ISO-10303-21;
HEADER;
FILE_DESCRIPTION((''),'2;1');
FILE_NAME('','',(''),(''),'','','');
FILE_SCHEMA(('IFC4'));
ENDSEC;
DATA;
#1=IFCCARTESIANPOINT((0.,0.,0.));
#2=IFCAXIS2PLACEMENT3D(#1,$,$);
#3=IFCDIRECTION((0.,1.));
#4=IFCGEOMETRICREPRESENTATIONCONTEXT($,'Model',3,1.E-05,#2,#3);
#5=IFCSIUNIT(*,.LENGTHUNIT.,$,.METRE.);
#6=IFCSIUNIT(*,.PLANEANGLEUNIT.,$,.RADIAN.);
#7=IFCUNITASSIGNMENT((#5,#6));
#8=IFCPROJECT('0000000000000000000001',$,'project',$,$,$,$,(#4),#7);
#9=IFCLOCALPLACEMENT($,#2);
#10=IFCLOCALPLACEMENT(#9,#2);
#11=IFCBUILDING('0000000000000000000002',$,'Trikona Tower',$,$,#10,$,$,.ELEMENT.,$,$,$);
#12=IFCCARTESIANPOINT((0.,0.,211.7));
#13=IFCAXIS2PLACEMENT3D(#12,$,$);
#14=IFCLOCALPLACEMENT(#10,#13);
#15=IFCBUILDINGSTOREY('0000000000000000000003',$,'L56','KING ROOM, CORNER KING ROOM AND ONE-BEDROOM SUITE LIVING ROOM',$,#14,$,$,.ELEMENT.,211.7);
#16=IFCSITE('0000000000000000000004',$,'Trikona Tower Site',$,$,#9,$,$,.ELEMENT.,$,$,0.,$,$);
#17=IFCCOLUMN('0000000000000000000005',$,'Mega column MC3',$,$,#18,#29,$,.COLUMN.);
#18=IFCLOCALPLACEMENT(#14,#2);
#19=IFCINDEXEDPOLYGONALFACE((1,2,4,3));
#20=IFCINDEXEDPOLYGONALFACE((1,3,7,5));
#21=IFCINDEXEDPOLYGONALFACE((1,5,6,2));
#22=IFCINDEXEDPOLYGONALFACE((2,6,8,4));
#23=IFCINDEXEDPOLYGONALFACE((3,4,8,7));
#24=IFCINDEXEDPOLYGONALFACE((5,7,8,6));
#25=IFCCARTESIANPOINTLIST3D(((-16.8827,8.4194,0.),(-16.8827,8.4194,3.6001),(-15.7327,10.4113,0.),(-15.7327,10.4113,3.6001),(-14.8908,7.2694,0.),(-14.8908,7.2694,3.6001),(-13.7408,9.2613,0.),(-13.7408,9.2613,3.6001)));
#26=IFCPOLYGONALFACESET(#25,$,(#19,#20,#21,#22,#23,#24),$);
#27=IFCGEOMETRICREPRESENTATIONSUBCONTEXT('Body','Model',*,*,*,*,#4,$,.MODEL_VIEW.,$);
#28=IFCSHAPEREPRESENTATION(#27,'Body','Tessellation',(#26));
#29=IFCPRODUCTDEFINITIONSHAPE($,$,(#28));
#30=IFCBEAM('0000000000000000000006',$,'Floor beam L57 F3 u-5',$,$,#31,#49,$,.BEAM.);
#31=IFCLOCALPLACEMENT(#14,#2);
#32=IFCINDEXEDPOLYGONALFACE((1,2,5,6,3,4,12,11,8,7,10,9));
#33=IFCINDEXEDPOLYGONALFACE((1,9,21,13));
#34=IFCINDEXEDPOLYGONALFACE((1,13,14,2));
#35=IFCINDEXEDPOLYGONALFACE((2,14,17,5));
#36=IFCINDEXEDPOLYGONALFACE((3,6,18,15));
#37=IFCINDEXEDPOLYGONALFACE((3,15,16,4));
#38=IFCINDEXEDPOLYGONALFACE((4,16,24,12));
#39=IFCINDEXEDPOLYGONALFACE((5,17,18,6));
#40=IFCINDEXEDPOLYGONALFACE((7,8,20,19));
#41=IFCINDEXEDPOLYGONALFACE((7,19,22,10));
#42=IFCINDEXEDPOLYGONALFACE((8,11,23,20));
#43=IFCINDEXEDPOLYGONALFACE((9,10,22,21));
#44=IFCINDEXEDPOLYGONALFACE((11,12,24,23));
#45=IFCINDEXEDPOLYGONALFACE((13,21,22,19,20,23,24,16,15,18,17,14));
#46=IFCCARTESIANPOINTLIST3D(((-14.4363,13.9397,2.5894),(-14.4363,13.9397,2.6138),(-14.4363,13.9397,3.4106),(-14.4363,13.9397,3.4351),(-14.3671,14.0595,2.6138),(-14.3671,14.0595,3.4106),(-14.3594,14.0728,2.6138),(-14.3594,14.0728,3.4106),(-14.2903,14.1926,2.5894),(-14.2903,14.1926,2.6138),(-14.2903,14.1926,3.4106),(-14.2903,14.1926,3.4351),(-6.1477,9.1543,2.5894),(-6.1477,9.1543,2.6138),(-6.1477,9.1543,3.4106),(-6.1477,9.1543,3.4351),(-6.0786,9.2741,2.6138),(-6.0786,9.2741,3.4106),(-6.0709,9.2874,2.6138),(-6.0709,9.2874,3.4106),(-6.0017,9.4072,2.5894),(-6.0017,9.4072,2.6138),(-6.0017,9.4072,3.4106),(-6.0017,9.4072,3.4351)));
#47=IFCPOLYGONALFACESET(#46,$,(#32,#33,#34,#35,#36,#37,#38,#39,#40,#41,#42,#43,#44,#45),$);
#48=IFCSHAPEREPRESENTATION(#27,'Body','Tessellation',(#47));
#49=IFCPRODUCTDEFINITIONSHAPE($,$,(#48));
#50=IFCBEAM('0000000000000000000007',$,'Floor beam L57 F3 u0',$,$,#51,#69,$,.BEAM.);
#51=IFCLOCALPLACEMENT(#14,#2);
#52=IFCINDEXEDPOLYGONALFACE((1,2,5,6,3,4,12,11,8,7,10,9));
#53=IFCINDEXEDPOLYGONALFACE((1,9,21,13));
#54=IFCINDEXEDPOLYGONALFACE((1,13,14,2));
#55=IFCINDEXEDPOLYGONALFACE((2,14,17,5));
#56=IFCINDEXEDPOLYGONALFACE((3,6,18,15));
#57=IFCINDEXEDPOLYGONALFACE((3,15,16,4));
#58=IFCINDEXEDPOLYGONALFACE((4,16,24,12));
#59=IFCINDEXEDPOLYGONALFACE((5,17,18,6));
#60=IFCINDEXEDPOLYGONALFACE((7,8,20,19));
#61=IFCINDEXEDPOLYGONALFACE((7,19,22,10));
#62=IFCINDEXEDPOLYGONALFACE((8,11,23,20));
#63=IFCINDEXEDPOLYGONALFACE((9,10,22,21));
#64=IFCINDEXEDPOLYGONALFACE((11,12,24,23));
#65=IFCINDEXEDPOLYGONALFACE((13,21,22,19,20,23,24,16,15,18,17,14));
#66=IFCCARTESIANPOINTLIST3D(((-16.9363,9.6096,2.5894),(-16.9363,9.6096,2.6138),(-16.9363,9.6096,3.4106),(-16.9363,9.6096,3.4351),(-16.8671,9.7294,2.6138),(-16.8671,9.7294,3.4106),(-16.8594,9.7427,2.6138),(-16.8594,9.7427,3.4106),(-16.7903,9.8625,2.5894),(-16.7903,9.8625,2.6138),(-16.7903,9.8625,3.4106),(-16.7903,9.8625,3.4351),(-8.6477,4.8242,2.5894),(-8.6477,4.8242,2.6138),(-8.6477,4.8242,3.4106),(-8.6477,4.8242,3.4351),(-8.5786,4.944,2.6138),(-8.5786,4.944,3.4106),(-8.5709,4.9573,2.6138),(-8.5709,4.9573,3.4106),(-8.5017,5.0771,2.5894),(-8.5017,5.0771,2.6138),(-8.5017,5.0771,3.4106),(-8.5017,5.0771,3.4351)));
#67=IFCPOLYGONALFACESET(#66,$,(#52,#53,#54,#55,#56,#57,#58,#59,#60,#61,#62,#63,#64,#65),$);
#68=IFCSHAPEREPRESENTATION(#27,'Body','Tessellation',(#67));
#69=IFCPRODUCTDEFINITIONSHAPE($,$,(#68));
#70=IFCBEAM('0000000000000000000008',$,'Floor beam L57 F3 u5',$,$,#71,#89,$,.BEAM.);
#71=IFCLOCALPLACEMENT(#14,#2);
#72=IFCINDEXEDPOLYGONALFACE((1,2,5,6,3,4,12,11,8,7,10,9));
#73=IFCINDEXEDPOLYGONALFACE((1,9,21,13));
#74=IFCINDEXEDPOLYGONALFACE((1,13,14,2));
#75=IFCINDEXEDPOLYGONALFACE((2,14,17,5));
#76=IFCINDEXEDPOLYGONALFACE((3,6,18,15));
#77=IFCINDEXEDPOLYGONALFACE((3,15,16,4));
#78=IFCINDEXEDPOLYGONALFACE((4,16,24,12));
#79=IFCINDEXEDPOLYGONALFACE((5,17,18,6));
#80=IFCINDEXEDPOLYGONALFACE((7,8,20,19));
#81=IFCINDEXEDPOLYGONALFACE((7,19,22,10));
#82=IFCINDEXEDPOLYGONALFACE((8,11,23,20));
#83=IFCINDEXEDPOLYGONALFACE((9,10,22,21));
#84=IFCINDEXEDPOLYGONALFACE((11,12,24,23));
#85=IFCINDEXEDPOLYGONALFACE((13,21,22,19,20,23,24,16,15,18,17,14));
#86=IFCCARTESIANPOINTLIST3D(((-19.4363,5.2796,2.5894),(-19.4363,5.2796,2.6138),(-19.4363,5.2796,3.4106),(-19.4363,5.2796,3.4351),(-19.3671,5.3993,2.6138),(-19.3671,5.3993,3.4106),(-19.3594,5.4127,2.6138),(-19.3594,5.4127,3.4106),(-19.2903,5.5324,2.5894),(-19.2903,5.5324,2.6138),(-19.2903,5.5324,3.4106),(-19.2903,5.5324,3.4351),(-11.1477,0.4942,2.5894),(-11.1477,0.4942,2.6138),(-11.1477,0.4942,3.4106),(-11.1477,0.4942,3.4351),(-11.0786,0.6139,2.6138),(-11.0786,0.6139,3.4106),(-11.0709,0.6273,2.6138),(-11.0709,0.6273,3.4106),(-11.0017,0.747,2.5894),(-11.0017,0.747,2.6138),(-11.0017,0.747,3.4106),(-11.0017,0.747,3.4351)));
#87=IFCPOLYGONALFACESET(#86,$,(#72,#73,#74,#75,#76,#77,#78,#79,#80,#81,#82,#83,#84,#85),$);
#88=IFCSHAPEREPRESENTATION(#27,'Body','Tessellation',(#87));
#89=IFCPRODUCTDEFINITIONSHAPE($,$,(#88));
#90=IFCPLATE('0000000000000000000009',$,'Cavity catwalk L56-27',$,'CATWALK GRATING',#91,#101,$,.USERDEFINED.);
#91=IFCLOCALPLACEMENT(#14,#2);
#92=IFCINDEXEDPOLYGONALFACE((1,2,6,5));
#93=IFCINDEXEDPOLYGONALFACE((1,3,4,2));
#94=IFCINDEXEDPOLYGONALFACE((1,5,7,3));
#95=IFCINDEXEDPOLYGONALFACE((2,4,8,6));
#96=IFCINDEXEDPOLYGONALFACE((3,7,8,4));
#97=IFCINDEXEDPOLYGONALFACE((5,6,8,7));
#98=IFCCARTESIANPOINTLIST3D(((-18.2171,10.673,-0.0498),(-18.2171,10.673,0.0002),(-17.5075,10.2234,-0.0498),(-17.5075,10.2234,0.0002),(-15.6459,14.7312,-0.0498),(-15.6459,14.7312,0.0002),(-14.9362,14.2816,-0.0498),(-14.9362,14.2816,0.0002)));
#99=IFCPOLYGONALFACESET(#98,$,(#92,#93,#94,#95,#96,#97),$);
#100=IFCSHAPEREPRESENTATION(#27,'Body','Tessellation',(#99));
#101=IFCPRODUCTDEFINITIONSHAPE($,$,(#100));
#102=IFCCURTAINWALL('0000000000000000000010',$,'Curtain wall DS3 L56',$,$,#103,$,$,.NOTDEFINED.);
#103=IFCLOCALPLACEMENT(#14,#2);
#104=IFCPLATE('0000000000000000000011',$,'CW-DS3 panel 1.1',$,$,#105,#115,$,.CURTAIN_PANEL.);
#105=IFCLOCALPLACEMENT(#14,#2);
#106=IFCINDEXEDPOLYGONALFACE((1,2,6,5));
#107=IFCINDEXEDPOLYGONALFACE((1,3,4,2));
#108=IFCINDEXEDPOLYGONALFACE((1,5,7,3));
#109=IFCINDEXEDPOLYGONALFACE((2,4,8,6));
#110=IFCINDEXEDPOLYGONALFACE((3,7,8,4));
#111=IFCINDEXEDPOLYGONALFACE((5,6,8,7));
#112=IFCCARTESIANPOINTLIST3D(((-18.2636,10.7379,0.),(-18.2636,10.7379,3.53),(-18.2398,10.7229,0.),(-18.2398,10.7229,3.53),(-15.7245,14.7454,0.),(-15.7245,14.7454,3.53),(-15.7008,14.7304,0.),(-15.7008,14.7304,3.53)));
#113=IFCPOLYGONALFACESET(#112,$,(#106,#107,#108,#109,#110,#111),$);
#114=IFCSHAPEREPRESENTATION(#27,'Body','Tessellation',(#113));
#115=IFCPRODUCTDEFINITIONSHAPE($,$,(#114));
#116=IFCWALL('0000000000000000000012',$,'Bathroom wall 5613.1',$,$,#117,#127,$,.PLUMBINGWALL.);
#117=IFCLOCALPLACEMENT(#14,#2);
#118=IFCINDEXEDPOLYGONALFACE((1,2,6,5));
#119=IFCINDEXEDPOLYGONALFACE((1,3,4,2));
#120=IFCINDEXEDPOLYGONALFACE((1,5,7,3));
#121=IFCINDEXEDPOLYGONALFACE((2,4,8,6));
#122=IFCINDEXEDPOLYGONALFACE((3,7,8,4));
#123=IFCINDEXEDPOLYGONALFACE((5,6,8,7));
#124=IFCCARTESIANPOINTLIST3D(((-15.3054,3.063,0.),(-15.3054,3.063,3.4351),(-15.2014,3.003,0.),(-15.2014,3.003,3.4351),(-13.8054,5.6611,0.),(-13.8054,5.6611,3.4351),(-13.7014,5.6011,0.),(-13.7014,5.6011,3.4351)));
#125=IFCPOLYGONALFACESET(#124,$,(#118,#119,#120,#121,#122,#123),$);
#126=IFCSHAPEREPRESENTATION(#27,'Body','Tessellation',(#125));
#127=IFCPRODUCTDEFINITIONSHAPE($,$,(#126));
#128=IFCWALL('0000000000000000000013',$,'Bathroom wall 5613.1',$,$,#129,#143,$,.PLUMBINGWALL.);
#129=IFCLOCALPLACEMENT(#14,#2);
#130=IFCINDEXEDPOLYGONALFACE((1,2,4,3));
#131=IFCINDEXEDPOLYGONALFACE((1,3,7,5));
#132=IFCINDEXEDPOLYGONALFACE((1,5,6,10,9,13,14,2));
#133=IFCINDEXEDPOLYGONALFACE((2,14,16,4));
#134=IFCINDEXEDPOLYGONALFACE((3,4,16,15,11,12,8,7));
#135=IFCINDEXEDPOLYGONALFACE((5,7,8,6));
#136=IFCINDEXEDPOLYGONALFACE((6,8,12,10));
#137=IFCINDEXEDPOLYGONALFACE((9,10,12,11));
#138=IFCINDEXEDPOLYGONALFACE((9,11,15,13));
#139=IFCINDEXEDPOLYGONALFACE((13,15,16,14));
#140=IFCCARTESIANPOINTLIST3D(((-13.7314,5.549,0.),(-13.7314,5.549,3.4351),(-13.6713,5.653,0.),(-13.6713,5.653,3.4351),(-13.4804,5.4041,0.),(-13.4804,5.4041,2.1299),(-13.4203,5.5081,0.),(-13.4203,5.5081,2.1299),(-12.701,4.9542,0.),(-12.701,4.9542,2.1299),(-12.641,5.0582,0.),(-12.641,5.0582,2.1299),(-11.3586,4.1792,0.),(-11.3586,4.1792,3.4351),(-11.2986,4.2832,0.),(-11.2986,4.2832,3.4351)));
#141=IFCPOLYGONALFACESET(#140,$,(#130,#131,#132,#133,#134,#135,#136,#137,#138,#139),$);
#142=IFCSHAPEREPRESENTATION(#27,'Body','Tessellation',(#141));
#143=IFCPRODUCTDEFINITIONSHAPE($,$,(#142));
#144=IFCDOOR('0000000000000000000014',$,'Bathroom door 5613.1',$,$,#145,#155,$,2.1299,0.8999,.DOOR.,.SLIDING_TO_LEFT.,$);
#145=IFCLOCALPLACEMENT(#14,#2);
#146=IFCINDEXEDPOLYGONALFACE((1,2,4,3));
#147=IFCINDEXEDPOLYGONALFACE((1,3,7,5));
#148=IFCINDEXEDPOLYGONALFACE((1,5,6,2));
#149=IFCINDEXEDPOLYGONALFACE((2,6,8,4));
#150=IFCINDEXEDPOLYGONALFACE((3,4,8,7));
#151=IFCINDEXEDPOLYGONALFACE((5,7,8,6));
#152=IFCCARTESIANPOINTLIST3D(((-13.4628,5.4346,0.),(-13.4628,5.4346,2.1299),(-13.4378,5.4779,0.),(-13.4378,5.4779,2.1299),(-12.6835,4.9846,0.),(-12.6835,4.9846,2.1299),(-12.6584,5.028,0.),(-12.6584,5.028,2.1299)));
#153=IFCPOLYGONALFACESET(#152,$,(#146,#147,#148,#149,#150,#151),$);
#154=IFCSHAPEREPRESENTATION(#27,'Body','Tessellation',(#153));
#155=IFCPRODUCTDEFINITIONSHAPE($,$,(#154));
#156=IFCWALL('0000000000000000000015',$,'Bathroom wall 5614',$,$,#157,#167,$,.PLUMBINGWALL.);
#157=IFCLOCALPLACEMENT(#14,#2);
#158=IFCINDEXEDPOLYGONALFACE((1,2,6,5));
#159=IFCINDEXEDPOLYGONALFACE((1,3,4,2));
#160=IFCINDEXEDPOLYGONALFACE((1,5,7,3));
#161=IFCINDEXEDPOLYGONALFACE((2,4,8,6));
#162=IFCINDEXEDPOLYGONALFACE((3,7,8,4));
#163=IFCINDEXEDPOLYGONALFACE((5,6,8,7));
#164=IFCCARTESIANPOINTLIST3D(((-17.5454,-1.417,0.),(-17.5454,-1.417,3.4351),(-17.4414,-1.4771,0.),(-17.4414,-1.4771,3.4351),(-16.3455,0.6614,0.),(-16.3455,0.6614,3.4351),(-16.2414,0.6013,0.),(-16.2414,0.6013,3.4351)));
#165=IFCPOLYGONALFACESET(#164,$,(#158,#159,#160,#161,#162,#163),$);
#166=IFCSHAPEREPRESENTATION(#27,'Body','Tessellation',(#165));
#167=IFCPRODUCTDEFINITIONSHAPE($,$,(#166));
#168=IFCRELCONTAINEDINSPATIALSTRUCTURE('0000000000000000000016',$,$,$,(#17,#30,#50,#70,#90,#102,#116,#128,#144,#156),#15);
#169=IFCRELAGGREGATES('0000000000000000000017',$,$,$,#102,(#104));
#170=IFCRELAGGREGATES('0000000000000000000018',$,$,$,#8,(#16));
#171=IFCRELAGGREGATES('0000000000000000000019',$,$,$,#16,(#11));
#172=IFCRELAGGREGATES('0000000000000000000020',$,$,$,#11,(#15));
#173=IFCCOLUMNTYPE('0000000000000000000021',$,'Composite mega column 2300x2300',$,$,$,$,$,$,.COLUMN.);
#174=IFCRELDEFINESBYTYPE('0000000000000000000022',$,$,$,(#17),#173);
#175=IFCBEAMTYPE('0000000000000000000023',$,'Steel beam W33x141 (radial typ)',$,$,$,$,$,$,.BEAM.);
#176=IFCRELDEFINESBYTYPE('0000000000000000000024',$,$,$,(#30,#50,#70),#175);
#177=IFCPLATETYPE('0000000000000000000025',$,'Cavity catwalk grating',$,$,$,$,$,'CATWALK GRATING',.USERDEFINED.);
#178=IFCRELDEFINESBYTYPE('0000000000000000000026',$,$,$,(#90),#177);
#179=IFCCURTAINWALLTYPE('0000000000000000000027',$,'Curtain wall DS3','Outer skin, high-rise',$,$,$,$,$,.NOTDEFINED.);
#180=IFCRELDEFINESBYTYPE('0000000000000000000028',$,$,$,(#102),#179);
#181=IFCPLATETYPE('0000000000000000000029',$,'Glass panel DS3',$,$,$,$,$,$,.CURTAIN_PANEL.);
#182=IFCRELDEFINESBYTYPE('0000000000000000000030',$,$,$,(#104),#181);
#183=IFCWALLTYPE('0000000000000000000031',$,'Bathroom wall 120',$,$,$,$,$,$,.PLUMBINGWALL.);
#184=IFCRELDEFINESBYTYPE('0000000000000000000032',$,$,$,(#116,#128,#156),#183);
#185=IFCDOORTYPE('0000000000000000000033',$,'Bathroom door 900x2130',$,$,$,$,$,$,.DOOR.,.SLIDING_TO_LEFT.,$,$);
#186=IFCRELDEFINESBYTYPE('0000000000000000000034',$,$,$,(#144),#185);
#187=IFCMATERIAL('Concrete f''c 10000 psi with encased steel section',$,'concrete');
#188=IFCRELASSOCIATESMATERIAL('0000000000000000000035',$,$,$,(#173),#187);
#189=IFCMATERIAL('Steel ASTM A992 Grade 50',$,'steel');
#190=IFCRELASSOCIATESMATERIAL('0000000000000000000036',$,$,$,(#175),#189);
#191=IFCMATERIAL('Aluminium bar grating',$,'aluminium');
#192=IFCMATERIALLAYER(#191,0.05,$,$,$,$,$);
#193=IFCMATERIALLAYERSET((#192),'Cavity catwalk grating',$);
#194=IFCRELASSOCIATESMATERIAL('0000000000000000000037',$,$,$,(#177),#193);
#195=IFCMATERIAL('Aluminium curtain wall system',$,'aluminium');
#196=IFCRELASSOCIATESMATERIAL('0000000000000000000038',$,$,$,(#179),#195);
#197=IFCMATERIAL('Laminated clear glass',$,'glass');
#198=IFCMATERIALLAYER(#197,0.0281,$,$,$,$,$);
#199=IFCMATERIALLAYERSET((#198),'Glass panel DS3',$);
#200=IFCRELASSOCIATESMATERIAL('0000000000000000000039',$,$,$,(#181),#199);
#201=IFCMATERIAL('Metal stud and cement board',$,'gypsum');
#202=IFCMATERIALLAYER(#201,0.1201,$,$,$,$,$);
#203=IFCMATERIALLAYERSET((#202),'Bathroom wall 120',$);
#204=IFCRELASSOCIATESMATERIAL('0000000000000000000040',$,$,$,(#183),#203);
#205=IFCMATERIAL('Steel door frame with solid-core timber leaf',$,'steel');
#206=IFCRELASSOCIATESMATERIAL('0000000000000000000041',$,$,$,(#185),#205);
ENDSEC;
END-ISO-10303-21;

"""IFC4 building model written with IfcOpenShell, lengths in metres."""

from ifc_helpers import new_model, si_unit, direction, frame, frame_2d, origin, origin_2d, place, context, subcontext, project, spatial, rectangle, i_section, extrude, material, layer, layer_set, material_profile, profile_set, type_object, element, fill, aggregate, save


model = new_model("IFC4")

# Units and contexts
model_context = context("Model", 3, precision=1e-05, world=origin(), true_north=direction((0.0, 1.0)))
body_context = subcontext(model_context, "Body", "Model", "MODEL_VIEW")
ifc_project = project(units=[si_unit("LENGTHUNIT", "METRE"), si_unit("PLANEANGLEUNIT", "RADIAN")], contexts=[model_context])

# Site, building, storey
site_placement = place(None, origin())
site = spatial("IfcSite", under=ifc_project, at=site_placement, Name="Trikona Tower Site", CompositionType="ELEMENT", RefElevation=0.0)
building_placement = place(site_placement, origin())
building = spatial("IfcBuilding", under=site, at=building_placement, Name="Trikona Tower", CompositionType="ELEMENT")
storey_placement = place(building_placement, frame((0.0, 0.0, 211.7)))
storey = spatial("IfcBuildingStorey", under=building, at=storey_placement, Name="L56", Description="KING ROOM, CORNER KING ROOM AND ONE-BEDROOM SUITE LIVING ROOM", CompositionType="ELEMENT", Elevation=211.7)

# Column
ifc_material_1 = material(Name="Concrete f'c 10000 psi with encased steel section", Category="concrete")
ifc_material_profile_1 = material_profile(ifc_material_1, rectangle(XDim=2.3, YDim=2.3, at=origin_2d()), Name="MC2300")
ifc_profile_set_1 = profile_set([ifc_material_profile_1], Name="Concrete f'c 10000 psi with encased steel section")
column_type = type_object("IfcColumnType", Name="Composite mega column 2300x2300", PredefinedType="COLUMN", material=ifc_profile_set_1)
column_placement = place(storey_placement, frame((-15.3118, 8.8403, 0.0), z_axis=(0.0, 0.0, 1.0), x_axis=(-0.866025, 0.5, 0.0)))
element("IfcColumn", 1, at=column_placement, inside=storey, type_object=column_type, Name="Mega column MC3", PredefinedType="COLUMN", context=body_context, shape_type="SweptSolid", body=[
    extrude(rectangle(XDim=2.3, YDim=2.3, at=origin_2d()), origin(), (0.0, 0.0, 1.0), 3.6001),
])

# Beams
ifc_material_2 = material(Name="Steel ASTM A992 Grade 50", Category="steel")
ifc_material_profile_2 = material_profile(ifc_material_2, i_section(OverallWidth=0.292, OverallDepth=0.8457, WebThickness=0.0154, FlangeThickness=0.0244, at=origin_2d()), Name="W33X141")
ifc_profile_set_2 = profile_set([ifc_material_profile_2], Name="Steel ASTM A992 Grade 50")
beam_type = type_object("IfcBeamType", Name="Steel beam W33x141 (radial typ)", PredefinedType="BEAM", material=ifc_profile_set_2)
for number, where, z_axis, x_axis, name in (
    (2, (-6.0747, 9.2808, 3.0122), (-0.866026, 0.499999, 0.0), (-0.499999, -0.866026, 0.0), "Floor beam L57 F3 u-5"),
    (3, (-8.5747, 4.9507, 3.0122), (-0.866026, 0.499999, 0.0), (-0.499999, -0.866026, 0.0), "Floor beam L57 F3 u0"),
    (4, (-11.0747, 0.6206, 3.0122), (-0.866026, 0.499999, 0.0), (-0.499999, -0.866026, 0.0), "Floor beam L57 F3 u5"),
):
    element("IfcBeam", number, at=place(storey_placement, frame(where, z_axis=z_axis, x_axis=x_axis)), inside=storey, type_object=beam_type, Name=name, PredefinedType="BEAM", context=body_context, shape_type="SweptSolid", body=[
        extrude(i_section(OverallWidth=0.292, OverallDepth=0.8457, WebThickness=0.0154, FlangeThickness=0.0244, at=origin_2d()), origin(), (0.0, 0.0, 1.0), 9.5708),
    ])

# Plate
ifc_material_3 = material(Name="Aluminium bar grating", Category="aluminium")
ifc_layer_1 = layer(ifc_material_3, 0.05)
ifc_layer_set_1 = layer_set([ifc_layer_1], Name="Cavity catwalk grating")
plate_type_1 = type_object("IfcPlateType", Name="Cavity catwalk grating", ElementType="CATWALK GRATING", PredefinedType="USERDEFINED", material=ifc_layer_set_1)
plate_1_placement = place(storey_placement, frame((-16.5767, 12.4773, -0.0498), z_axis=(0.0, 0.0, 1.0), x_axis=(-0.535205, -0.844722, 0.0)))
element("IfcPlate", 5, at=plate_1_placement, inside=storey, type_object=plate_type_1, Name="Cavity catwalk L56-27", ObjectType="CATWALK GRATING", PredefinedType="USERDEFINED", context=body_context, shape_type="SweptSolid", body=[
    extrude(rectangle(XDim=4.8042, YDim=0.8401, at=origin_2d()), origin(), (0.0, 0.0, 1.0), 0.05),
])

# Curtain wall, plate
ifc_material_4 = material(Name="Aluminium curtain wall system", Category="aluminium")
curtain_wall_type = type_object("IfcCurtainWallType", Name="Curtain wall DS3", Description="Outer skin, high-rise", PredefinedType="NOTDEFINED", material=ifc_material_4)
curtain_wall_placement = place(storey_placement, origin())
curtain_wall = element("IfcCurtainWall", 6, at=curtain_wall_placement, inside=storey, type_object=curtain_wall_type, Name="Curtain wall DS3 L56", PredefinedType="NOTDEFINED")
ifc_material_5 = material(Name="Laminated clear glass", Category="glass")
ifc_layer_2 = layer(ifc_material_5, 0.0281)
ifc_layer_set_2 = layer_set([ifc_layer_2], Name="Glass panel DS3")
plate_type_2 = type_object("IfcPlateType", Name="Glass panel DS3", PredefinedType="CURTAIN_PANEL", material=ifc_layer_set_2)
plate_2_placement = place(storey_placement, frame((-16.9822, 12.7341, 0.0), z_axis=(0.0, 0.0, 1.0), x_axis=(-0.535197, -0.844727, 0.0)))
plate_2 = element("IfcPlate", 7, at=plate_2_placement, type_object=plate_type_2, Name="CW-DS3 panel 1.1", PredefinedType="CURTAIN_PANEL", context=body_context, shape_type="SweptSolid", body=[
    extrude(rectangle(XDim=4.7441, YDim=0.0281, at=origin_2d()), origin(), (0.0, 0.0, 1.0), 3.53),
])
aggregate(curtain_wall, [plate_2])

# Wall
ifc_material_6 = material(Name="Metal stud and cement board", Category="gypsum")
ifc_layer_3 = layer(ifc_material_6, 0.1201)
ifc_layer_set_3 = layer_set([ifc_layer_3], Name="Bathroom wall 120")
wall_type_1 = type_object("IfcWallType", Name="Bathroom wall 120", PredefinedType="PLUMBINGWALL", material=ifc_layer_set_3)
wall_1_placement = place(storey_placement, frame((-13.7534, 5.6311, 0.0), z_axis=(0.0, 0.0, 1.0), x_axis=(-0.49999, -0.866031, 0.0)))
element("IfcWall", 8, at=wall_1_placement, inside=storey, type_object=wall_type_1, Name="Bathroom wall 5613.1", PredefinedType="PLUMBINGWALL", context=body_context, shape_type="SweptSolid", body=[
    extrude(rectangle(XDim=3.0, YDim=0.1201, at=frame_2d((1.5, 0.0))), origin(), (0.0, 0.0, 1.0), 3.4351),
])

# Wall, opening, door
wall_2_placement = place(storey_placement, frame((-11.3286, 4.2312, 0.0), z_axis=(0.0, 0.0, 1.0), x_axis=(-0.866036, 0.499982, 0.0)))
wall_2 = element("IfcWall", 9, at=wall_2_placement, inside=storey, type_object=wall_type_1, Name="Bathroom wall 5613.1", PredefinedType="PLUMBINGWALL", context=body_context, shape_type="SweptSolid", body=[
    extrude(rectangle(XDim=2.7397, YDim=0.1201, at=frame_2d((1.3699, 0.0))), origin(), (0.0, 0.0, 1.0), 3.4351),
])
opening_1_placement = place(wall_2_placement, frame((1.55, 0.0, 0.0)))
opening_1 = element("IfcOpeningElement", 10, at=opening_1_placement, cuts=wall_2, PredefinedType="OPENING", context=body_context, shape_type="SweptSolid", body=[
    extrude(rectangle(XDim=0.8999, YDim=2.1299, at=frame_2d((0.45, 1.0649))), frame((0.0, 0.0701, 0.0), z_axis=(0.0, -1.0, 0.0), x_axis=(1.0, 0.0, 0.0)), (0.0, 0.0, 1.0), 0.1401),
])
ifc_material_7 = material(Name="Steel door frame with solid-core timber leaf", Category="steel")
door_type_1 = type_object("IfcDoorType", Name="Bathroom door 900x2130", OperationType="SLIDING_TO_LEFT", PredefinedType="DOOR", material=ifc_material_7)
door_1_placement = place(opening_1_placement, origin())
door_1 = element("IfcDoor", 11, at=door_1_placement, inside=storey, type_object=door_type_1, Name="Bathroom door 5613.1", OperationType="SLIDING_TO_LEFT", OverallHeight=2.1299, OverallWidth=0.8999, PredefinedType="DOOR", context=body_context, shape_type="SweptSolid", body=[
    extrude(rectangle(XDim=0.8999, YDim=2.1299, at=frame_2d((0.45, 1.0649))), frame((0.0, 0.0249, 0.0), z_axis=(0.0, -1.0, 0.0), x_axis=(1.0, 0.0, 0.0)), (0.0, 0.0, 1.0), 0.05),
])
fill(opening_1, door_1)

# Wall
wall_3_placement = place(storey_placement, frame((-16.2935, 0.6313, 0.0), z_axis=(0.0, 0.0, 1.0), x_axis=(-0.500001, -0.866025, 0.0)))
element("IfcWall", 12, at=wall_3_placement, inside=storey, type_object=wall_type_1, Name="Bathroom wall 5614", PredefinedType="PLUMBINGWALL", context=body_context, shape_type="SweptSolid", body=[
    extrude(rectangle(XDim=2.3999, YDim=0.1201, at=frame_2d((1.2, 0.0))), origin(), (0.0, 0.0, 1.0), 3.4351),
])

save(model, "model.ifc")
